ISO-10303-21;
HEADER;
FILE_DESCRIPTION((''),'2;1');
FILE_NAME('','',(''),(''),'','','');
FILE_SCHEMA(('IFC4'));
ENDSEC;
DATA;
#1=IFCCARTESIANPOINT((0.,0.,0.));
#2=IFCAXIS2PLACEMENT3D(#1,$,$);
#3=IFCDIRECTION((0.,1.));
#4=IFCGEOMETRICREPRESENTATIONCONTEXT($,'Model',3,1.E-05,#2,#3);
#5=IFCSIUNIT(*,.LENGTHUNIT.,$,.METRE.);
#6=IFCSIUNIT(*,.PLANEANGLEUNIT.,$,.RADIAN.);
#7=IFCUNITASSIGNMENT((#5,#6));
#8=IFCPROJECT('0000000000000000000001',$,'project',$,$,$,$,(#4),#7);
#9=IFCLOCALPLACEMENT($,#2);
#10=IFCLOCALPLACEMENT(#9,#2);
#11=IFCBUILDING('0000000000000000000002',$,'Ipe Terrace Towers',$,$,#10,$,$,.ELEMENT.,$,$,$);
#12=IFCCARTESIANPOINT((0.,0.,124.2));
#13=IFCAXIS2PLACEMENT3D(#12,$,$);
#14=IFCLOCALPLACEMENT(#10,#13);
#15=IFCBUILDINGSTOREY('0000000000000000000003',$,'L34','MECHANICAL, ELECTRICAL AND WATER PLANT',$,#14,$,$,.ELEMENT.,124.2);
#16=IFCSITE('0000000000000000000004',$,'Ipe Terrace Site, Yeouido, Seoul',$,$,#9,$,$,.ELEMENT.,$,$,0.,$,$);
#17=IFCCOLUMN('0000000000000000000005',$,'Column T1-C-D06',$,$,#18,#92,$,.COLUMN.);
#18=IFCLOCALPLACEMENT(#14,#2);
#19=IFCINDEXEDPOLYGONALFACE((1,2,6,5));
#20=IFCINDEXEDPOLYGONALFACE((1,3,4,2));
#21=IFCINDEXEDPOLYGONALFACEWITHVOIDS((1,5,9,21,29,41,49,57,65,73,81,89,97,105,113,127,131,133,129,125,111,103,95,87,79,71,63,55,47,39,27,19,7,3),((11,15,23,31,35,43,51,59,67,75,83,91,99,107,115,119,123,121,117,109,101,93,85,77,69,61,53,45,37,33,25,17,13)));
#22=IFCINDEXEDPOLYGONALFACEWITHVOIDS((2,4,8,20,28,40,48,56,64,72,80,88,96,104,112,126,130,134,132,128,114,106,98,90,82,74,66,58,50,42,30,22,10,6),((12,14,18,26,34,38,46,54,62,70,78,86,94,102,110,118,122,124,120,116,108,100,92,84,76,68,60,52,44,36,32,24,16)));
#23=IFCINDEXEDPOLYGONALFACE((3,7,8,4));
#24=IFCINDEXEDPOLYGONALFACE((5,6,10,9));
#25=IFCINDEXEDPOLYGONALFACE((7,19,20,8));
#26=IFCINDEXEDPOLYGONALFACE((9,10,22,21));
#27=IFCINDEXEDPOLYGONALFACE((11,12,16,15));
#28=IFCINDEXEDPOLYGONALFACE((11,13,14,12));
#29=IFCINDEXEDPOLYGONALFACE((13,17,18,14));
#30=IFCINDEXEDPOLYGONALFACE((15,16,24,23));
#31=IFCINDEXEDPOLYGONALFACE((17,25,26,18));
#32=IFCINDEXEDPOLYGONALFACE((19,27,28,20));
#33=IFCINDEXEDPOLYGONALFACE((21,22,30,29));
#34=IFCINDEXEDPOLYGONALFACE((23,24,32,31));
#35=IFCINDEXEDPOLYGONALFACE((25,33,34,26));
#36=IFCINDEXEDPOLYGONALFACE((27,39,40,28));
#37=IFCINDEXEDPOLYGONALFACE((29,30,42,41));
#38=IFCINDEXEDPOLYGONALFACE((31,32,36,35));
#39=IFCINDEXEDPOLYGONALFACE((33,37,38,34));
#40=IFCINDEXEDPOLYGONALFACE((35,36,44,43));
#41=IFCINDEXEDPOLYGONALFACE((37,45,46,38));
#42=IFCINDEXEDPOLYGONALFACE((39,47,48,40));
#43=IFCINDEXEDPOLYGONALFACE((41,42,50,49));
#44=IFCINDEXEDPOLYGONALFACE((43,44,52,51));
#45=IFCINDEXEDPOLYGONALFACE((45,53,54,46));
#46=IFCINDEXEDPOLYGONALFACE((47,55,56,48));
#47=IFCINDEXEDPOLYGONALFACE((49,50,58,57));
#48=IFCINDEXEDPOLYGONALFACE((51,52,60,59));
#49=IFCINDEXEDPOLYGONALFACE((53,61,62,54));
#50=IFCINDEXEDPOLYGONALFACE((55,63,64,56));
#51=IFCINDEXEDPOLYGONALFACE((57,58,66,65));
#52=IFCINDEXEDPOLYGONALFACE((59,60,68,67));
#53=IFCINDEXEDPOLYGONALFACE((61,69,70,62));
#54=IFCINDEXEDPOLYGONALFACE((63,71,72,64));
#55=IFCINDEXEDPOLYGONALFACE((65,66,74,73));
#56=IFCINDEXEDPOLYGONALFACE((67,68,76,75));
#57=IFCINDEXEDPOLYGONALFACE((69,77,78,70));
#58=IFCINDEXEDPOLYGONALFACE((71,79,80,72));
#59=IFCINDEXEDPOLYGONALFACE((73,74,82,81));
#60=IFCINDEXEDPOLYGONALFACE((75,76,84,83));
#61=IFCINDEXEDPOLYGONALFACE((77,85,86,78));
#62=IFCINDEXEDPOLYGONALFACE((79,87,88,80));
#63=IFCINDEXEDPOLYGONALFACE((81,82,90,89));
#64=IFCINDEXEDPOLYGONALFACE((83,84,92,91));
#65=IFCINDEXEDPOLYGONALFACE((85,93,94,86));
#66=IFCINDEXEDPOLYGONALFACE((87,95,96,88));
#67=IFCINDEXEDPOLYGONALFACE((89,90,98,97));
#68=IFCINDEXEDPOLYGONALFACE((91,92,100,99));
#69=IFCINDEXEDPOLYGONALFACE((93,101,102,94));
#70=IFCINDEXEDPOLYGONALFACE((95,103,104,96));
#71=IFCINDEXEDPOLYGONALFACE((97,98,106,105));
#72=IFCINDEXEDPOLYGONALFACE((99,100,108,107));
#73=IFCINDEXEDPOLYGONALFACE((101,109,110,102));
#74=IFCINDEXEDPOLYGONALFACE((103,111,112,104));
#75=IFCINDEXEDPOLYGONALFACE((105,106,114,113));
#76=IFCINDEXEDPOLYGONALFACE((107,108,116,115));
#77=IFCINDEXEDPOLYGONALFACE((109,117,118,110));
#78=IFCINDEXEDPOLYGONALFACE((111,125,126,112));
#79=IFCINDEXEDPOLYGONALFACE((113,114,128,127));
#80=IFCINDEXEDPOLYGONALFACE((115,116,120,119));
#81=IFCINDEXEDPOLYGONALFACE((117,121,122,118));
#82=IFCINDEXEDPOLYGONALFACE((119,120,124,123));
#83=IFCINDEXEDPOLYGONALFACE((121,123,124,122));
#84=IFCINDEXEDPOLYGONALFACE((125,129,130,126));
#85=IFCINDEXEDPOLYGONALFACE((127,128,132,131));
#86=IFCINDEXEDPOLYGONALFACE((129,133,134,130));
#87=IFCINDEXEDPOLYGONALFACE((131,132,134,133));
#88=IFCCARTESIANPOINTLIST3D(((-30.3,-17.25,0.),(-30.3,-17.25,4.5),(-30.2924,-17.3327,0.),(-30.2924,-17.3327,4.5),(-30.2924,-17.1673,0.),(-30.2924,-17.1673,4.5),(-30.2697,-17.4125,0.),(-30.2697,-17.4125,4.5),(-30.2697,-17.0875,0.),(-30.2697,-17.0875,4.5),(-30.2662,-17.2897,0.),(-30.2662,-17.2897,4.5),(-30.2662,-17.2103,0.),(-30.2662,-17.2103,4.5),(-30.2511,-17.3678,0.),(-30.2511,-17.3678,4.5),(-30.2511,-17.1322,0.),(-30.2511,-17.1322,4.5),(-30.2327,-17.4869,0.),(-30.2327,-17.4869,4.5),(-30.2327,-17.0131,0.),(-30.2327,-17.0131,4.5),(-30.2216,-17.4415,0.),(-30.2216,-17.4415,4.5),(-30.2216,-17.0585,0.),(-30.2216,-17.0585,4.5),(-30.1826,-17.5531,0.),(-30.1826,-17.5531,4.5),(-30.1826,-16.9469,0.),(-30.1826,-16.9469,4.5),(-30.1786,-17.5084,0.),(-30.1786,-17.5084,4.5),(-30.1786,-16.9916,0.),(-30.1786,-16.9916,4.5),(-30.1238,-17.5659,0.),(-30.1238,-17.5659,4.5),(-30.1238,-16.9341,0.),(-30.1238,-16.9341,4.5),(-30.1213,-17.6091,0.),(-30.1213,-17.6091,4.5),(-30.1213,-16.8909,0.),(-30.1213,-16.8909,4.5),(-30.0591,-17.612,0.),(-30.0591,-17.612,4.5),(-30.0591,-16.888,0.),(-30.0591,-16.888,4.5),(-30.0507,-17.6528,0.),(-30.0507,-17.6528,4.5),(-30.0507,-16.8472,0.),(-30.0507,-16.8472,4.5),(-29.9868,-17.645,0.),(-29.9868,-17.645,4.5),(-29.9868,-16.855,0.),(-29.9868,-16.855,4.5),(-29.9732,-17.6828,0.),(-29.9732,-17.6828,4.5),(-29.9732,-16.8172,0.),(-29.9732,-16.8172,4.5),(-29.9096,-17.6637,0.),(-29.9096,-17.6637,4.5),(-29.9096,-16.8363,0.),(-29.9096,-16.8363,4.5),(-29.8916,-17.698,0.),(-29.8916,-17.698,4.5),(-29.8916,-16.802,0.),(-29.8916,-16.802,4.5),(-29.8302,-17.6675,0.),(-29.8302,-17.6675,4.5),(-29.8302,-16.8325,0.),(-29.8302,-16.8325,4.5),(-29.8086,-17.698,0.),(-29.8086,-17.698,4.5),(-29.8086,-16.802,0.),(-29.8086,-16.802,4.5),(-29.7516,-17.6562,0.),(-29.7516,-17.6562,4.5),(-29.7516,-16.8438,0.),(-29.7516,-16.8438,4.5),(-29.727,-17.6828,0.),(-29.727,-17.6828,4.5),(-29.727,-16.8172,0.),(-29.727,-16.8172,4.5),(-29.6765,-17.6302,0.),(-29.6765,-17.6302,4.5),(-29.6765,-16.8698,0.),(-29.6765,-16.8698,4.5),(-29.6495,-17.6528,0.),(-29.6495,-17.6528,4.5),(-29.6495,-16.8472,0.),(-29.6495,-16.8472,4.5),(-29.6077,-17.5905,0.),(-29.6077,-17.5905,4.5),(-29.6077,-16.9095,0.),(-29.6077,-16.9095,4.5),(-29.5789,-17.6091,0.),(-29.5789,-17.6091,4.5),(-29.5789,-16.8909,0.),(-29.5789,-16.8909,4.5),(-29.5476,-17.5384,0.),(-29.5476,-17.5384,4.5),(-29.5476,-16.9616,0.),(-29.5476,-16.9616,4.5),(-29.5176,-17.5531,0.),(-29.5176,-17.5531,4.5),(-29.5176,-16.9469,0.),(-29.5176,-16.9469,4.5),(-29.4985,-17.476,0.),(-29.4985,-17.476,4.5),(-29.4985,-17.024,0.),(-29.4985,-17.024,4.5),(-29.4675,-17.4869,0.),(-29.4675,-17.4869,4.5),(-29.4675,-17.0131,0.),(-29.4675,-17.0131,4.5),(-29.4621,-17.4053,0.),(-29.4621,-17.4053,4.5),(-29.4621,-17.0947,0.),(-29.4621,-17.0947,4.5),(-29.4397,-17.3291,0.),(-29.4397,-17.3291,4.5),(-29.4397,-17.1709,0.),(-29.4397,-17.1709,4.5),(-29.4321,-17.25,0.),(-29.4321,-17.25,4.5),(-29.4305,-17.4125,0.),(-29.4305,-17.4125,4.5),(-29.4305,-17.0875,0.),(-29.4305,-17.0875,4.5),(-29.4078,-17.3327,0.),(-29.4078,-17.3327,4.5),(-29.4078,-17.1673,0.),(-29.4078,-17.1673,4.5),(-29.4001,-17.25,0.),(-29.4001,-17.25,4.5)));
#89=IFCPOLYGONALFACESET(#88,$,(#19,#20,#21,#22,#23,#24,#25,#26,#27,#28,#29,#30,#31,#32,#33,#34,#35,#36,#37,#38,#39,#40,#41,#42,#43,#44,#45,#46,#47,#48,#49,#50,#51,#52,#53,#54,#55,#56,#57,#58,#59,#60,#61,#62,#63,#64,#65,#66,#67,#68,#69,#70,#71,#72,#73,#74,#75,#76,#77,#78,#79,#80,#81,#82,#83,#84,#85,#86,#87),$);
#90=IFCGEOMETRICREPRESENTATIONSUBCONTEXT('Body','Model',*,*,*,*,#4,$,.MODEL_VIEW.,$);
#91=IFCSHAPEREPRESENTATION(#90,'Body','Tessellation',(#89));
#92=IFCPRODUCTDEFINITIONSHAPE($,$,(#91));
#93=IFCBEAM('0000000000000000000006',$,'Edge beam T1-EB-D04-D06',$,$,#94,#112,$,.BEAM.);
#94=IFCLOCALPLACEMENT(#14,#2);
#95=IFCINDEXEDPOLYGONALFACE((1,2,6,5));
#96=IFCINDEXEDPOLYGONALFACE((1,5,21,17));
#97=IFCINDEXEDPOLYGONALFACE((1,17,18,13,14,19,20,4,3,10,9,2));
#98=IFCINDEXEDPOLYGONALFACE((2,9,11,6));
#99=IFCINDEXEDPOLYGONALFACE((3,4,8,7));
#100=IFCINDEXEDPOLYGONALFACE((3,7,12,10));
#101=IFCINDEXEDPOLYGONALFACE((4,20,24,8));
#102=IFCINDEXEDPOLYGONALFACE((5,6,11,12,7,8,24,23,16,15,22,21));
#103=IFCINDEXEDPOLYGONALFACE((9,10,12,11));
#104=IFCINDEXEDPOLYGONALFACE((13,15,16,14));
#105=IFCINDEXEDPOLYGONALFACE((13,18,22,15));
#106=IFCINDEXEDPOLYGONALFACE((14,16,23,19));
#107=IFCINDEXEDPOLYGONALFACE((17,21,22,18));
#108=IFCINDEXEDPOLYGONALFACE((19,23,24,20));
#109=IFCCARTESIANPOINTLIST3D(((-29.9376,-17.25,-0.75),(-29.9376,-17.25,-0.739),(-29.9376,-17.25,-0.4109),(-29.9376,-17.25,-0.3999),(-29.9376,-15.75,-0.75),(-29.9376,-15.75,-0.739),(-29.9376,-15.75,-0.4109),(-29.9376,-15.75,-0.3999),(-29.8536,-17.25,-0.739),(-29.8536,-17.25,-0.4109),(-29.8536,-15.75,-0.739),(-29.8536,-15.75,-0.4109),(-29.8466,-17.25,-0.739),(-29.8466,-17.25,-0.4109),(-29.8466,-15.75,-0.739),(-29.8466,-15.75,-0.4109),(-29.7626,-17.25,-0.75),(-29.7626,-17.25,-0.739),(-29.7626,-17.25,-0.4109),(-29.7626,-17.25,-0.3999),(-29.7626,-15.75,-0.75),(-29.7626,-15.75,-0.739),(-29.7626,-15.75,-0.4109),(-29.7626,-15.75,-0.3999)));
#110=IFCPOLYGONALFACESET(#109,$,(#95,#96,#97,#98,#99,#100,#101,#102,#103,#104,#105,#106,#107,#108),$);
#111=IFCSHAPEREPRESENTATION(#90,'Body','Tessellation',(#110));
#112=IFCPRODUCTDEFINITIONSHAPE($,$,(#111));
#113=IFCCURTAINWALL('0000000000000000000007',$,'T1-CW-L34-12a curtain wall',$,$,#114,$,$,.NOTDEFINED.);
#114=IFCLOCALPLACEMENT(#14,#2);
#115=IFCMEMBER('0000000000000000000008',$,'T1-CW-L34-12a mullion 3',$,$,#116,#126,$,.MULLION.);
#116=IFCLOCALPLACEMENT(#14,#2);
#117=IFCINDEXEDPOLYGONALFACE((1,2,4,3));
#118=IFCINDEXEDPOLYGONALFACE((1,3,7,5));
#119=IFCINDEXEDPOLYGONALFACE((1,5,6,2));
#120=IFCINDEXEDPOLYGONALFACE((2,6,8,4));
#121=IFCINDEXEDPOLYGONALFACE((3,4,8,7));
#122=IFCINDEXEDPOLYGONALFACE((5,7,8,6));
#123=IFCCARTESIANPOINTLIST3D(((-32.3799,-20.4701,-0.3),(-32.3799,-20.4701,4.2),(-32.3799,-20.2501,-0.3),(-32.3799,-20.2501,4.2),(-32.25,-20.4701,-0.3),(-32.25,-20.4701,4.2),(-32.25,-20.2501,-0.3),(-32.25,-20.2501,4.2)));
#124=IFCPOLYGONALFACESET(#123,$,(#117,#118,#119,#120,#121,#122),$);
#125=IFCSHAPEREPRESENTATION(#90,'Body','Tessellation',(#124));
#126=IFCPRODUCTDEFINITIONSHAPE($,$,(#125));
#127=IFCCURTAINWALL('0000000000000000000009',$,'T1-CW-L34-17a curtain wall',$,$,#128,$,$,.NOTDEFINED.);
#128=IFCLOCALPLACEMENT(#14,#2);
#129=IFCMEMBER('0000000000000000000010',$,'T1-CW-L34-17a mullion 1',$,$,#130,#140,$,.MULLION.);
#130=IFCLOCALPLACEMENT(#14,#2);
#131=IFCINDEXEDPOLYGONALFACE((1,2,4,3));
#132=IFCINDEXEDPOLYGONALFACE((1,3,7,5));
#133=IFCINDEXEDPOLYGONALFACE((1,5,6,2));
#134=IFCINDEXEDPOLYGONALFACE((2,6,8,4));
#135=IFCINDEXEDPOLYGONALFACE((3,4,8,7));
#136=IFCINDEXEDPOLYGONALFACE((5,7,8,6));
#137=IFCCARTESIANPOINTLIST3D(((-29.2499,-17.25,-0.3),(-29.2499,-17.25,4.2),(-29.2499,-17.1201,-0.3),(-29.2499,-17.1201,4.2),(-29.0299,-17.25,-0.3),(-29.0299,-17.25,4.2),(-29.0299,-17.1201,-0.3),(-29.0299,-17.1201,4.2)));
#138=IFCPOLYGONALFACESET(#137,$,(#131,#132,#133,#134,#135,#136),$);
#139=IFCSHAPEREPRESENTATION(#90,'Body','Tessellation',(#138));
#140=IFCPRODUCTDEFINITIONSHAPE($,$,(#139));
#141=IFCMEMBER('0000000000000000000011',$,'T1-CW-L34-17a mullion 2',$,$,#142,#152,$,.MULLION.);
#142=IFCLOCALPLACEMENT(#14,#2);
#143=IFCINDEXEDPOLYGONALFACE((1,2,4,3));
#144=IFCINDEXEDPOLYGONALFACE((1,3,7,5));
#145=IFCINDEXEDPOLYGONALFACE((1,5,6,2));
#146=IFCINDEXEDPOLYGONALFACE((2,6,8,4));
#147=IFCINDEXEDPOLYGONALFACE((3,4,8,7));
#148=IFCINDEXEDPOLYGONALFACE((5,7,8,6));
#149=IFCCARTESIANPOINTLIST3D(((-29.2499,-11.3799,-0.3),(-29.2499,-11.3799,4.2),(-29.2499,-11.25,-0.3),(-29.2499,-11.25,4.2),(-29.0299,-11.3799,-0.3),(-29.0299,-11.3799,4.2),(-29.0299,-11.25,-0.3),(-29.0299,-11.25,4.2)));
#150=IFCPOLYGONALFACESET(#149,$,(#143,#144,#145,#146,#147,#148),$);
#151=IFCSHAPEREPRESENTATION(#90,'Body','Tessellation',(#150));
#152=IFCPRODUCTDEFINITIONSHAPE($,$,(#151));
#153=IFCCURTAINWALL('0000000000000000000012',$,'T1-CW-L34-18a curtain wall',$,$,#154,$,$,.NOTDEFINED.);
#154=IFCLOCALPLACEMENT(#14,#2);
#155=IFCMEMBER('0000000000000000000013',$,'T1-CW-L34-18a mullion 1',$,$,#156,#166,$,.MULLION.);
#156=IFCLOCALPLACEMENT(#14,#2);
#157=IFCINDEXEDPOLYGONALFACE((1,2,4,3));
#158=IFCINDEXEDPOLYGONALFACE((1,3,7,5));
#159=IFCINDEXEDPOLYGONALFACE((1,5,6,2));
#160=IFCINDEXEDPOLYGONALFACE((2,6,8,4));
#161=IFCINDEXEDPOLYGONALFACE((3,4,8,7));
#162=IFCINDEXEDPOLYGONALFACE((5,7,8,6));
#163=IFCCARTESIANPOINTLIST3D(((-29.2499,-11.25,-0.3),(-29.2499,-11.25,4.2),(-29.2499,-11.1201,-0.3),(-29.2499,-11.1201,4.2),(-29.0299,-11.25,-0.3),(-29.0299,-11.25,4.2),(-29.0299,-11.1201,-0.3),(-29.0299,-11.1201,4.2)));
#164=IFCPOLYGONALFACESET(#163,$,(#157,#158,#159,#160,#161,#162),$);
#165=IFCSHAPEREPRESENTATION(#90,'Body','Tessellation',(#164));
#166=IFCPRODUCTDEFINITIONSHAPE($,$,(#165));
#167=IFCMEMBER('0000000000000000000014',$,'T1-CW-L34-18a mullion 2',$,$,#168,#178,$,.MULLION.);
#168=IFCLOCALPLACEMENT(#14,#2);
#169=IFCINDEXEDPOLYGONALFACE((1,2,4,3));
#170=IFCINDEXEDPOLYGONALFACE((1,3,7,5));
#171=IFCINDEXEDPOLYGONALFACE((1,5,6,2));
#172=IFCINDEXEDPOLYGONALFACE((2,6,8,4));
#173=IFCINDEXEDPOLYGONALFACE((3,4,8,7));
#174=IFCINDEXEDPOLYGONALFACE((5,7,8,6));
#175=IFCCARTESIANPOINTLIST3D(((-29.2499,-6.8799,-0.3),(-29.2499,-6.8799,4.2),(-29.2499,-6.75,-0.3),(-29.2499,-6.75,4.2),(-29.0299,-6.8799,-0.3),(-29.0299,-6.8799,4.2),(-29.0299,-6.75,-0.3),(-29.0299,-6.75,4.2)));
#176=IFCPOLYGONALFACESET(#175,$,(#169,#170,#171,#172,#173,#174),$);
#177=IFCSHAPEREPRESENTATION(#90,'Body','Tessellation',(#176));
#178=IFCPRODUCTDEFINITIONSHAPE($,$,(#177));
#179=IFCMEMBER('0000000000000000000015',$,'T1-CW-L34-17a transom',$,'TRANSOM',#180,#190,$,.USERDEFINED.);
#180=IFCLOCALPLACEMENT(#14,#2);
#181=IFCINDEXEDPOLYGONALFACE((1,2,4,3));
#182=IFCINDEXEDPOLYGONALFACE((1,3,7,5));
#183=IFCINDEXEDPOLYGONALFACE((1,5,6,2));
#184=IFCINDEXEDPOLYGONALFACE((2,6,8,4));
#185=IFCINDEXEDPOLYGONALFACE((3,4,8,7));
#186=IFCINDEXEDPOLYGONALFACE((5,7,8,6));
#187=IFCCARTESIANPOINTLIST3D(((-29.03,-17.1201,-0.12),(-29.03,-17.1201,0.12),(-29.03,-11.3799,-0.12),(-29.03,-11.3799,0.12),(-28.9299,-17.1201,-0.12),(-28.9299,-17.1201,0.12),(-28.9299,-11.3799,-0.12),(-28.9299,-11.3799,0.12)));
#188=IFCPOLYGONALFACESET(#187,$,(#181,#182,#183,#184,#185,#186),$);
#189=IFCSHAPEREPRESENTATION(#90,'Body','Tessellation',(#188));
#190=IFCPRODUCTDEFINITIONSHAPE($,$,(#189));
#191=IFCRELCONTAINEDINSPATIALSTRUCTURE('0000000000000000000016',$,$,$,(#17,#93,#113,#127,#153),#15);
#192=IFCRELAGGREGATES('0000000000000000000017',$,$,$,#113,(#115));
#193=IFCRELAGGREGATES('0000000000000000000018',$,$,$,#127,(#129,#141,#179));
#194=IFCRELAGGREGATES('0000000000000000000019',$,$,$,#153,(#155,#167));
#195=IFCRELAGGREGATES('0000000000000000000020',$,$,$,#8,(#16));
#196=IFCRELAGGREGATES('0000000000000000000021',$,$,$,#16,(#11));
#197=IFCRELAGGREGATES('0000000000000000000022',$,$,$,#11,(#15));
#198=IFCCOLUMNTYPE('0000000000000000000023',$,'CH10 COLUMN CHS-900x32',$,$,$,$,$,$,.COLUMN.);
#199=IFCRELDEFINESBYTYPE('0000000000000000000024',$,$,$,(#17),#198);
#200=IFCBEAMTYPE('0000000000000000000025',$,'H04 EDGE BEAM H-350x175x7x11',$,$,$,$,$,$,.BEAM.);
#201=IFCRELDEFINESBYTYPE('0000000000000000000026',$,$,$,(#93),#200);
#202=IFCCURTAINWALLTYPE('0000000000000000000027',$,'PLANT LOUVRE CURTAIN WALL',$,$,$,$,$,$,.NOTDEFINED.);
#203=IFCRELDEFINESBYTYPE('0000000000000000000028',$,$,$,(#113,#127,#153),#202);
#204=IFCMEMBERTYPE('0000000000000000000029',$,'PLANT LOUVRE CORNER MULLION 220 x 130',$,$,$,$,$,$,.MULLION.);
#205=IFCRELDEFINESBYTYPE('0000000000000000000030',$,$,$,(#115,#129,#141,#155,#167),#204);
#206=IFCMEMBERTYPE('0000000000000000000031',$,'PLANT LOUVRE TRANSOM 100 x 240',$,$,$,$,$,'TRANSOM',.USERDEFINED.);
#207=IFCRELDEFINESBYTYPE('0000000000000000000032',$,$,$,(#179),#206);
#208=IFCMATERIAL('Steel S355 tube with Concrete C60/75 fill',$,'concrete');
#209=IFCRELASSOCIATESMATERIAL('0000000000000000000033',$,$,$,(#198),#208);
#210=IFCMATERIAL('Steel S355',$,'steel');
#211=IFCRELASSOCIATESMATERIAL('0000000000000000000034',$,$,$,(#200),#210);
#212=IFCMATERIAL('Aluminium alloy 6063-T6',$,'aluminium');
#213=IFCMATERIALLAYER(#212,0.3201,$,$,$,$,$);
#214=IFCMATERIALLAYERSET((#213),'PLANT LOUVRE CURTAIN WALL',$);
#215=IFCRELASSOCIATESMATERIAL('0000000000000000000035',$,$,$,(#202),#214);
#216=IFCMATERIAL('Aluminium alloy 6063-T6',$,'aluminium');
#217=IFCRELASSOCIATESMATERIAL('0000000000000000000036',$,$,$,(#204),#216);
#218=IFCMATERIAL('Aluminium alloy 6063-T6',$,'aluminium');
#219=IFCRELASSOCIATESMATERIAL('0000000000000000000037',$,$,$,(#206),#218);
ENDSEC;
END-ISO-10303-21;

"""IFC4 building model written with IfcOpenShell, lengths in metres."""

from ifc_helpers import new_model, si_unit, direction, frame, origin, origin_2d, place, context, subcontext, project, spatial, rectangle, hollow_circle, i_section, extrude, material, layer, layer_set, material_profile, profile_set, type_object, element, aggregate, save


model = new_model("IFC4")

# Units and contexts
model_context = context("Model", 3, precision=1e-05, world=origin(), true_north=direction((0.0, 1.0)))
body_context = subcontext(model_context, "Body", "Model", "MODEL_VIEW")
ifc_project = project(units=[si_unit("LENGTHUNIT", "METRE"), si_unit("PLANEANGLEUNIT", "RADIAN")], contexts=[model_context])

# Site, building, storey
site_placement = place(None, origin())
site = spatial("IfcSite", under=ifc_project, at=site_placement, Name="Ipe Terrace Site, Yeouido, Seoul", CompositionType="ELEMENT", RefElevation=0.0)
building_placement = place(site_placement, origin())
building = spatial("IfcBuilding", under=site, at=building_placement, Name="Ipe Terrace Towers", CompositionType="ELEMENT")
storey_placement = place(building_placement, frame((0.0, 0.0, 124.2)))
storey = spatial("IfcBuildingStorey", under=building, at=storey_placement, Name="L34", Description="MECHANICAL, ELECTRICAL AND WATER PLANT", CompositionType="ELEMENT", Elevation=124.2)

# Column
ifc_material_1 = material(Name="Steel S355 tube with Concrete C60/75 fill", Category="concrete")
ifc_material_profile_1 = material_profile(ifc_material_1, hollow_circle(Radius=0.45, WallThickness=0.032, at=origin_2d()), Name="CHS-900x32")
ifc_profile_set_1 = profile_set([ifc_material_profile_1], Name="Steel S355 tube with Concrete C60/75 fill")
column_type_1 = type_object("IfcColumnType", Name="CH10 COLUMN CHS-900x32", PredefinedType="COLUMN", material=ifc_profile_set_1)
for number, where, z_axis, x_axis, name in (
    (1, (-29.8501, -17.25, 0.0), (0.0, 0.0, 1.0), (1.0, 0.0, 0.0), "Column T1-C-D06"),
):
    element("IfcColumn", number, at=place(storey_placement, frame(where, z_axis=z_axis, x_axis=x_axis)), inside=storey, type_object=column_type_1, Name=name, PredefinedType="COLUMN", context=body_context, shape_type="SweptSolid", body=[
        extrude(hollow_circle(Radius=0.45, WallThickness=0.032, at=origin_2d()), origin(), (0.0, 0.0, 1.0), 4.5),
    ])

# Beam
ifc_material_2 = material(Name="Steel S355", Category="steel")
ifc_material_profile_2 = material_profile(ifc_material_2, i_section(OverallWidth=0.175, OverallDepth=0.3501, WebThickness=0.0071, FlangeThickness=0.011, at=origin_2d()), Name="H-350x175x7x11")
ifc_profile_set_2 = profile_set([ifc_material_profile_2], Name="Steel S355")
beam_type = type_object("IfcBeamType", Name="H04 EDGE BEAM H-350x175x7x11", PredefinedType="BEAM", material=ifc_profile_set_2)
beam_placement = place(storey_placement, frame((-29.8501, -15.75, -0.575), z_axis=(0.0, -1.0, 0.0), x_axis=(1.0, 0.0, 0.0)))
element("IfcBeam", 2, at=beam_placement, inside=storey, type_object=beam_type, Name="Edge beam T1-EB-D04-D06", PredefinedType="BEAM", context=body_context, shape_type="SweptSolid", body=[
    extrude(i_section(OverallWidth=0.175, OverallDepth=0.3501, WebThickness=0.0071, FlangeThickness=0.011, at=origin_2d()), origin(), (0.0, 0.0, 1.0), 1.5),
])

# Curtain wall, member
ifc_material_3 = material(Name="Aluminium alloy 6063-T6", Category="aluminium")
ifc_layer_1 = layer(ifc_material_3, 0.3201)
ifc_layer_set_1 = layer_set([ifc_layer_1], Name="PLANT LOUVRE CURTAIN WALL")
curtain_wall_type = type_object("IfcCurtainWallType", Name="PLANT LOUVRE CURTAIN WALL", PredefinedType="NOTDEFINED", material=ifc_layer_set_1)
curtain_wall_1_placement = place(storey_placement, origin())
curtain_wall_1 = element("IfcCurtainWall", 3, at=curtain_wall_1_placement, inside=storey, type_object=curtain_wall_type, Name="T1-CW-L34-12a curtain wall", PredefinedType="NOTDEFINED")
ifc_material_4 = material(Name="Aluminium alloy 6063-T6", Category="aluminium")
ifc_material_profile_3 = material_profile(ifc_material_4, rectangle(XDim=0.22, YDim=0.1299, at=origin_2d()), Name="PLANT LOUVRE CORNER MULLION 220 x 130")
ifc_profile_set_3 = profile_set([ifc_material_profile_3], Name="Aluminium alloy 6063-T6")
member_type_1 = type_object("IfcMemberType", Name="PLANT LOUVRE CORNER MULLION 220 x 130", PredefinedType="MULLION", material=ifc_profile_set_3)
member_1_placement = place(storey_placement, frame((-32.3149, -20.3601, -0.3), z_axis=(0.0, 0.0, 1.0), x_axis=(0.0, -1.0, 0.0)))
member_1 = element("IfcMember", 4, at=member_1_placement, type_object=member_type_1, Name="T1-CW-L34-12a mullion 3", PredefinedType="MULLION", context=body_context, shape_type="SweptSolid", body=[
    extrude(rectangle(XDim=0.22, YDim=0.1299, at=origin_2d()), origin(), (0.0, 0.0, 1.0), 4.5),
])

# Curtain walls, members
curtain_wall_2_placement = place(storey_placement, origin())
curtain_wall_2 = element("IfcCurtainWall", 5, at=curtain_wall_2_placement, inside=storey, type_object=curtain_wall_type, Name="T1-CW-L34-17a curtain wall", PredefinedType="NOTDEFINED")
member_2_placement = place(storey_placement, frame((-29.1399, -17.1851, -0.3), z_axis=(0.0, 0.0, 1.0), x_axis=(1.0, 0.0, 0.0)))
member_2 = element("IfcMember", 6, at=member_2_placement, type_object=member_type_1, Name="T1-CW-L34-17a mullion 1", PredefinedType="MULLION", context=body_context, shape_type="SweptSolid", body=[
    extrude(rectangle(XDim=0.22, YDim=0.1299, at=origin_2d()), origin(), (0.0, 0.0, 1.0), 4.5),
])
member_3_placement = place(storey_placement, frame((-29.1399, -11.3149, -0.3), z_axis=(0.0, 0.0, 1.0), x_axis=(1.0, 0.0, 0.0)))
member_3 = element("IfcMember", 7, at=member_3_placement, type_object=member_type_1, Name="T1-CW-L34-17a mullion 2", PredefinedType="MULLION", context=body_context, shape_type="SweptSolid", body=[
    extrude(rectangle(XDim=0.22, YDim=0.1299, at=origin_2d()), origin(), (0.0, 0.0, 1.0), 4.5),
])
curtain_wall_3_placement = place(storey_placement, origin())
curtain_wall_3 = element("IfcCurtainWall", 8, at=curtain_wall_3_placement, inside=storey, type_object=curtain_wall_type, Name="T1-CW-L34-18a curtain wall", PredefinedType="NOTDEFINED")
member_4_placement = place(storey_placement, frame((-29.1399, -11.1851, -0.3), z_axis=(0.0, 0.0, 1.0), x_axis=(1.0, 0.0, 0.0)))
member_4 = element("IfcMember", 9, at=member_4_placement, type_object=member_type_1, Name="T1-CW-L34-18a mullion 1", PredefinedType="MULLION", context=body_context, shape_type="SweptSolid", body=[
    extrude(rectangle(XDim=0.22, YDim=0.1299, at=origin_2d()), origin(), (0.0, 0.0, 1.0), 4.5),
])
member_5_placement = place(storey_placement, frame((-29.1399, -6.8149, -0.3), z_axis=(0.0, 0.0, 1.0), x_axis=(1.0, 0.0, 0.0)))
member_5 = element("IfcMember", 10, at=member_5_placement, type_object=member_type_1, Name="T1-CW-L34-18a mullion 2", PredefinedType="MULLION", context=body_context, shape_type="SweptSolid", body=[
    extrude(rectangle(XDim=0.22, YDim=0.1299, at=origin_2d()), origin(), (0.0, 0.0, 1.0), 4.5),
])

# Member
ifc_material_5 = material(Name="Aluminium alloy 6063-T6", Category="aluminium")
ifc_material_profile_4 = material_profile(ifc_material_5, rectangle(XDim=0.1001, YDim=0.24, at=origin_2d()), Name="PLANT LOUVRE TRANSOM 100 x 240")
ifc_profile_set_4 = profile_set([ifc_material_profile_4], Name="Aluminium alloy 6063-T6")
member_type_2 = type_object("IfcMemberType", Name="PLANT LOUVRE TRANSOM 100 x 240", ElementType="TRANSOM", PredefinedType="USERDEFINED", material=ifc_profile_set_4)
member_6_placement = place(storey_placement, frame((-28.98, -17.1201, 0.0), z_axis=(0.0, 1.0, 0.0), x_axis=(1.0, 0.0, 0.0)))
member_6 = element("IfcMember", 11, at=member_6_placement, type_object=member_type_2, Name="T1-CW-L34-17a transom", ObjectType="TRANSOM", PredefinedType="USERDEFINED", context=body_context, shape_type="SweptSolid", body=[
    extrude(rectangle(XDim=0.1001, YDim=0.24, at=origin_2d()), origin(), (0.0, 0.0, 1.0), 5.7402),
])

aggregate(curtain_wall_1, [member_1])
aggregate(curtain_wall_2, [member_2, member_3, member_6])
aggregate(curtain_wall_3, [member_4, member_5])

save(model, "model.ifc")
